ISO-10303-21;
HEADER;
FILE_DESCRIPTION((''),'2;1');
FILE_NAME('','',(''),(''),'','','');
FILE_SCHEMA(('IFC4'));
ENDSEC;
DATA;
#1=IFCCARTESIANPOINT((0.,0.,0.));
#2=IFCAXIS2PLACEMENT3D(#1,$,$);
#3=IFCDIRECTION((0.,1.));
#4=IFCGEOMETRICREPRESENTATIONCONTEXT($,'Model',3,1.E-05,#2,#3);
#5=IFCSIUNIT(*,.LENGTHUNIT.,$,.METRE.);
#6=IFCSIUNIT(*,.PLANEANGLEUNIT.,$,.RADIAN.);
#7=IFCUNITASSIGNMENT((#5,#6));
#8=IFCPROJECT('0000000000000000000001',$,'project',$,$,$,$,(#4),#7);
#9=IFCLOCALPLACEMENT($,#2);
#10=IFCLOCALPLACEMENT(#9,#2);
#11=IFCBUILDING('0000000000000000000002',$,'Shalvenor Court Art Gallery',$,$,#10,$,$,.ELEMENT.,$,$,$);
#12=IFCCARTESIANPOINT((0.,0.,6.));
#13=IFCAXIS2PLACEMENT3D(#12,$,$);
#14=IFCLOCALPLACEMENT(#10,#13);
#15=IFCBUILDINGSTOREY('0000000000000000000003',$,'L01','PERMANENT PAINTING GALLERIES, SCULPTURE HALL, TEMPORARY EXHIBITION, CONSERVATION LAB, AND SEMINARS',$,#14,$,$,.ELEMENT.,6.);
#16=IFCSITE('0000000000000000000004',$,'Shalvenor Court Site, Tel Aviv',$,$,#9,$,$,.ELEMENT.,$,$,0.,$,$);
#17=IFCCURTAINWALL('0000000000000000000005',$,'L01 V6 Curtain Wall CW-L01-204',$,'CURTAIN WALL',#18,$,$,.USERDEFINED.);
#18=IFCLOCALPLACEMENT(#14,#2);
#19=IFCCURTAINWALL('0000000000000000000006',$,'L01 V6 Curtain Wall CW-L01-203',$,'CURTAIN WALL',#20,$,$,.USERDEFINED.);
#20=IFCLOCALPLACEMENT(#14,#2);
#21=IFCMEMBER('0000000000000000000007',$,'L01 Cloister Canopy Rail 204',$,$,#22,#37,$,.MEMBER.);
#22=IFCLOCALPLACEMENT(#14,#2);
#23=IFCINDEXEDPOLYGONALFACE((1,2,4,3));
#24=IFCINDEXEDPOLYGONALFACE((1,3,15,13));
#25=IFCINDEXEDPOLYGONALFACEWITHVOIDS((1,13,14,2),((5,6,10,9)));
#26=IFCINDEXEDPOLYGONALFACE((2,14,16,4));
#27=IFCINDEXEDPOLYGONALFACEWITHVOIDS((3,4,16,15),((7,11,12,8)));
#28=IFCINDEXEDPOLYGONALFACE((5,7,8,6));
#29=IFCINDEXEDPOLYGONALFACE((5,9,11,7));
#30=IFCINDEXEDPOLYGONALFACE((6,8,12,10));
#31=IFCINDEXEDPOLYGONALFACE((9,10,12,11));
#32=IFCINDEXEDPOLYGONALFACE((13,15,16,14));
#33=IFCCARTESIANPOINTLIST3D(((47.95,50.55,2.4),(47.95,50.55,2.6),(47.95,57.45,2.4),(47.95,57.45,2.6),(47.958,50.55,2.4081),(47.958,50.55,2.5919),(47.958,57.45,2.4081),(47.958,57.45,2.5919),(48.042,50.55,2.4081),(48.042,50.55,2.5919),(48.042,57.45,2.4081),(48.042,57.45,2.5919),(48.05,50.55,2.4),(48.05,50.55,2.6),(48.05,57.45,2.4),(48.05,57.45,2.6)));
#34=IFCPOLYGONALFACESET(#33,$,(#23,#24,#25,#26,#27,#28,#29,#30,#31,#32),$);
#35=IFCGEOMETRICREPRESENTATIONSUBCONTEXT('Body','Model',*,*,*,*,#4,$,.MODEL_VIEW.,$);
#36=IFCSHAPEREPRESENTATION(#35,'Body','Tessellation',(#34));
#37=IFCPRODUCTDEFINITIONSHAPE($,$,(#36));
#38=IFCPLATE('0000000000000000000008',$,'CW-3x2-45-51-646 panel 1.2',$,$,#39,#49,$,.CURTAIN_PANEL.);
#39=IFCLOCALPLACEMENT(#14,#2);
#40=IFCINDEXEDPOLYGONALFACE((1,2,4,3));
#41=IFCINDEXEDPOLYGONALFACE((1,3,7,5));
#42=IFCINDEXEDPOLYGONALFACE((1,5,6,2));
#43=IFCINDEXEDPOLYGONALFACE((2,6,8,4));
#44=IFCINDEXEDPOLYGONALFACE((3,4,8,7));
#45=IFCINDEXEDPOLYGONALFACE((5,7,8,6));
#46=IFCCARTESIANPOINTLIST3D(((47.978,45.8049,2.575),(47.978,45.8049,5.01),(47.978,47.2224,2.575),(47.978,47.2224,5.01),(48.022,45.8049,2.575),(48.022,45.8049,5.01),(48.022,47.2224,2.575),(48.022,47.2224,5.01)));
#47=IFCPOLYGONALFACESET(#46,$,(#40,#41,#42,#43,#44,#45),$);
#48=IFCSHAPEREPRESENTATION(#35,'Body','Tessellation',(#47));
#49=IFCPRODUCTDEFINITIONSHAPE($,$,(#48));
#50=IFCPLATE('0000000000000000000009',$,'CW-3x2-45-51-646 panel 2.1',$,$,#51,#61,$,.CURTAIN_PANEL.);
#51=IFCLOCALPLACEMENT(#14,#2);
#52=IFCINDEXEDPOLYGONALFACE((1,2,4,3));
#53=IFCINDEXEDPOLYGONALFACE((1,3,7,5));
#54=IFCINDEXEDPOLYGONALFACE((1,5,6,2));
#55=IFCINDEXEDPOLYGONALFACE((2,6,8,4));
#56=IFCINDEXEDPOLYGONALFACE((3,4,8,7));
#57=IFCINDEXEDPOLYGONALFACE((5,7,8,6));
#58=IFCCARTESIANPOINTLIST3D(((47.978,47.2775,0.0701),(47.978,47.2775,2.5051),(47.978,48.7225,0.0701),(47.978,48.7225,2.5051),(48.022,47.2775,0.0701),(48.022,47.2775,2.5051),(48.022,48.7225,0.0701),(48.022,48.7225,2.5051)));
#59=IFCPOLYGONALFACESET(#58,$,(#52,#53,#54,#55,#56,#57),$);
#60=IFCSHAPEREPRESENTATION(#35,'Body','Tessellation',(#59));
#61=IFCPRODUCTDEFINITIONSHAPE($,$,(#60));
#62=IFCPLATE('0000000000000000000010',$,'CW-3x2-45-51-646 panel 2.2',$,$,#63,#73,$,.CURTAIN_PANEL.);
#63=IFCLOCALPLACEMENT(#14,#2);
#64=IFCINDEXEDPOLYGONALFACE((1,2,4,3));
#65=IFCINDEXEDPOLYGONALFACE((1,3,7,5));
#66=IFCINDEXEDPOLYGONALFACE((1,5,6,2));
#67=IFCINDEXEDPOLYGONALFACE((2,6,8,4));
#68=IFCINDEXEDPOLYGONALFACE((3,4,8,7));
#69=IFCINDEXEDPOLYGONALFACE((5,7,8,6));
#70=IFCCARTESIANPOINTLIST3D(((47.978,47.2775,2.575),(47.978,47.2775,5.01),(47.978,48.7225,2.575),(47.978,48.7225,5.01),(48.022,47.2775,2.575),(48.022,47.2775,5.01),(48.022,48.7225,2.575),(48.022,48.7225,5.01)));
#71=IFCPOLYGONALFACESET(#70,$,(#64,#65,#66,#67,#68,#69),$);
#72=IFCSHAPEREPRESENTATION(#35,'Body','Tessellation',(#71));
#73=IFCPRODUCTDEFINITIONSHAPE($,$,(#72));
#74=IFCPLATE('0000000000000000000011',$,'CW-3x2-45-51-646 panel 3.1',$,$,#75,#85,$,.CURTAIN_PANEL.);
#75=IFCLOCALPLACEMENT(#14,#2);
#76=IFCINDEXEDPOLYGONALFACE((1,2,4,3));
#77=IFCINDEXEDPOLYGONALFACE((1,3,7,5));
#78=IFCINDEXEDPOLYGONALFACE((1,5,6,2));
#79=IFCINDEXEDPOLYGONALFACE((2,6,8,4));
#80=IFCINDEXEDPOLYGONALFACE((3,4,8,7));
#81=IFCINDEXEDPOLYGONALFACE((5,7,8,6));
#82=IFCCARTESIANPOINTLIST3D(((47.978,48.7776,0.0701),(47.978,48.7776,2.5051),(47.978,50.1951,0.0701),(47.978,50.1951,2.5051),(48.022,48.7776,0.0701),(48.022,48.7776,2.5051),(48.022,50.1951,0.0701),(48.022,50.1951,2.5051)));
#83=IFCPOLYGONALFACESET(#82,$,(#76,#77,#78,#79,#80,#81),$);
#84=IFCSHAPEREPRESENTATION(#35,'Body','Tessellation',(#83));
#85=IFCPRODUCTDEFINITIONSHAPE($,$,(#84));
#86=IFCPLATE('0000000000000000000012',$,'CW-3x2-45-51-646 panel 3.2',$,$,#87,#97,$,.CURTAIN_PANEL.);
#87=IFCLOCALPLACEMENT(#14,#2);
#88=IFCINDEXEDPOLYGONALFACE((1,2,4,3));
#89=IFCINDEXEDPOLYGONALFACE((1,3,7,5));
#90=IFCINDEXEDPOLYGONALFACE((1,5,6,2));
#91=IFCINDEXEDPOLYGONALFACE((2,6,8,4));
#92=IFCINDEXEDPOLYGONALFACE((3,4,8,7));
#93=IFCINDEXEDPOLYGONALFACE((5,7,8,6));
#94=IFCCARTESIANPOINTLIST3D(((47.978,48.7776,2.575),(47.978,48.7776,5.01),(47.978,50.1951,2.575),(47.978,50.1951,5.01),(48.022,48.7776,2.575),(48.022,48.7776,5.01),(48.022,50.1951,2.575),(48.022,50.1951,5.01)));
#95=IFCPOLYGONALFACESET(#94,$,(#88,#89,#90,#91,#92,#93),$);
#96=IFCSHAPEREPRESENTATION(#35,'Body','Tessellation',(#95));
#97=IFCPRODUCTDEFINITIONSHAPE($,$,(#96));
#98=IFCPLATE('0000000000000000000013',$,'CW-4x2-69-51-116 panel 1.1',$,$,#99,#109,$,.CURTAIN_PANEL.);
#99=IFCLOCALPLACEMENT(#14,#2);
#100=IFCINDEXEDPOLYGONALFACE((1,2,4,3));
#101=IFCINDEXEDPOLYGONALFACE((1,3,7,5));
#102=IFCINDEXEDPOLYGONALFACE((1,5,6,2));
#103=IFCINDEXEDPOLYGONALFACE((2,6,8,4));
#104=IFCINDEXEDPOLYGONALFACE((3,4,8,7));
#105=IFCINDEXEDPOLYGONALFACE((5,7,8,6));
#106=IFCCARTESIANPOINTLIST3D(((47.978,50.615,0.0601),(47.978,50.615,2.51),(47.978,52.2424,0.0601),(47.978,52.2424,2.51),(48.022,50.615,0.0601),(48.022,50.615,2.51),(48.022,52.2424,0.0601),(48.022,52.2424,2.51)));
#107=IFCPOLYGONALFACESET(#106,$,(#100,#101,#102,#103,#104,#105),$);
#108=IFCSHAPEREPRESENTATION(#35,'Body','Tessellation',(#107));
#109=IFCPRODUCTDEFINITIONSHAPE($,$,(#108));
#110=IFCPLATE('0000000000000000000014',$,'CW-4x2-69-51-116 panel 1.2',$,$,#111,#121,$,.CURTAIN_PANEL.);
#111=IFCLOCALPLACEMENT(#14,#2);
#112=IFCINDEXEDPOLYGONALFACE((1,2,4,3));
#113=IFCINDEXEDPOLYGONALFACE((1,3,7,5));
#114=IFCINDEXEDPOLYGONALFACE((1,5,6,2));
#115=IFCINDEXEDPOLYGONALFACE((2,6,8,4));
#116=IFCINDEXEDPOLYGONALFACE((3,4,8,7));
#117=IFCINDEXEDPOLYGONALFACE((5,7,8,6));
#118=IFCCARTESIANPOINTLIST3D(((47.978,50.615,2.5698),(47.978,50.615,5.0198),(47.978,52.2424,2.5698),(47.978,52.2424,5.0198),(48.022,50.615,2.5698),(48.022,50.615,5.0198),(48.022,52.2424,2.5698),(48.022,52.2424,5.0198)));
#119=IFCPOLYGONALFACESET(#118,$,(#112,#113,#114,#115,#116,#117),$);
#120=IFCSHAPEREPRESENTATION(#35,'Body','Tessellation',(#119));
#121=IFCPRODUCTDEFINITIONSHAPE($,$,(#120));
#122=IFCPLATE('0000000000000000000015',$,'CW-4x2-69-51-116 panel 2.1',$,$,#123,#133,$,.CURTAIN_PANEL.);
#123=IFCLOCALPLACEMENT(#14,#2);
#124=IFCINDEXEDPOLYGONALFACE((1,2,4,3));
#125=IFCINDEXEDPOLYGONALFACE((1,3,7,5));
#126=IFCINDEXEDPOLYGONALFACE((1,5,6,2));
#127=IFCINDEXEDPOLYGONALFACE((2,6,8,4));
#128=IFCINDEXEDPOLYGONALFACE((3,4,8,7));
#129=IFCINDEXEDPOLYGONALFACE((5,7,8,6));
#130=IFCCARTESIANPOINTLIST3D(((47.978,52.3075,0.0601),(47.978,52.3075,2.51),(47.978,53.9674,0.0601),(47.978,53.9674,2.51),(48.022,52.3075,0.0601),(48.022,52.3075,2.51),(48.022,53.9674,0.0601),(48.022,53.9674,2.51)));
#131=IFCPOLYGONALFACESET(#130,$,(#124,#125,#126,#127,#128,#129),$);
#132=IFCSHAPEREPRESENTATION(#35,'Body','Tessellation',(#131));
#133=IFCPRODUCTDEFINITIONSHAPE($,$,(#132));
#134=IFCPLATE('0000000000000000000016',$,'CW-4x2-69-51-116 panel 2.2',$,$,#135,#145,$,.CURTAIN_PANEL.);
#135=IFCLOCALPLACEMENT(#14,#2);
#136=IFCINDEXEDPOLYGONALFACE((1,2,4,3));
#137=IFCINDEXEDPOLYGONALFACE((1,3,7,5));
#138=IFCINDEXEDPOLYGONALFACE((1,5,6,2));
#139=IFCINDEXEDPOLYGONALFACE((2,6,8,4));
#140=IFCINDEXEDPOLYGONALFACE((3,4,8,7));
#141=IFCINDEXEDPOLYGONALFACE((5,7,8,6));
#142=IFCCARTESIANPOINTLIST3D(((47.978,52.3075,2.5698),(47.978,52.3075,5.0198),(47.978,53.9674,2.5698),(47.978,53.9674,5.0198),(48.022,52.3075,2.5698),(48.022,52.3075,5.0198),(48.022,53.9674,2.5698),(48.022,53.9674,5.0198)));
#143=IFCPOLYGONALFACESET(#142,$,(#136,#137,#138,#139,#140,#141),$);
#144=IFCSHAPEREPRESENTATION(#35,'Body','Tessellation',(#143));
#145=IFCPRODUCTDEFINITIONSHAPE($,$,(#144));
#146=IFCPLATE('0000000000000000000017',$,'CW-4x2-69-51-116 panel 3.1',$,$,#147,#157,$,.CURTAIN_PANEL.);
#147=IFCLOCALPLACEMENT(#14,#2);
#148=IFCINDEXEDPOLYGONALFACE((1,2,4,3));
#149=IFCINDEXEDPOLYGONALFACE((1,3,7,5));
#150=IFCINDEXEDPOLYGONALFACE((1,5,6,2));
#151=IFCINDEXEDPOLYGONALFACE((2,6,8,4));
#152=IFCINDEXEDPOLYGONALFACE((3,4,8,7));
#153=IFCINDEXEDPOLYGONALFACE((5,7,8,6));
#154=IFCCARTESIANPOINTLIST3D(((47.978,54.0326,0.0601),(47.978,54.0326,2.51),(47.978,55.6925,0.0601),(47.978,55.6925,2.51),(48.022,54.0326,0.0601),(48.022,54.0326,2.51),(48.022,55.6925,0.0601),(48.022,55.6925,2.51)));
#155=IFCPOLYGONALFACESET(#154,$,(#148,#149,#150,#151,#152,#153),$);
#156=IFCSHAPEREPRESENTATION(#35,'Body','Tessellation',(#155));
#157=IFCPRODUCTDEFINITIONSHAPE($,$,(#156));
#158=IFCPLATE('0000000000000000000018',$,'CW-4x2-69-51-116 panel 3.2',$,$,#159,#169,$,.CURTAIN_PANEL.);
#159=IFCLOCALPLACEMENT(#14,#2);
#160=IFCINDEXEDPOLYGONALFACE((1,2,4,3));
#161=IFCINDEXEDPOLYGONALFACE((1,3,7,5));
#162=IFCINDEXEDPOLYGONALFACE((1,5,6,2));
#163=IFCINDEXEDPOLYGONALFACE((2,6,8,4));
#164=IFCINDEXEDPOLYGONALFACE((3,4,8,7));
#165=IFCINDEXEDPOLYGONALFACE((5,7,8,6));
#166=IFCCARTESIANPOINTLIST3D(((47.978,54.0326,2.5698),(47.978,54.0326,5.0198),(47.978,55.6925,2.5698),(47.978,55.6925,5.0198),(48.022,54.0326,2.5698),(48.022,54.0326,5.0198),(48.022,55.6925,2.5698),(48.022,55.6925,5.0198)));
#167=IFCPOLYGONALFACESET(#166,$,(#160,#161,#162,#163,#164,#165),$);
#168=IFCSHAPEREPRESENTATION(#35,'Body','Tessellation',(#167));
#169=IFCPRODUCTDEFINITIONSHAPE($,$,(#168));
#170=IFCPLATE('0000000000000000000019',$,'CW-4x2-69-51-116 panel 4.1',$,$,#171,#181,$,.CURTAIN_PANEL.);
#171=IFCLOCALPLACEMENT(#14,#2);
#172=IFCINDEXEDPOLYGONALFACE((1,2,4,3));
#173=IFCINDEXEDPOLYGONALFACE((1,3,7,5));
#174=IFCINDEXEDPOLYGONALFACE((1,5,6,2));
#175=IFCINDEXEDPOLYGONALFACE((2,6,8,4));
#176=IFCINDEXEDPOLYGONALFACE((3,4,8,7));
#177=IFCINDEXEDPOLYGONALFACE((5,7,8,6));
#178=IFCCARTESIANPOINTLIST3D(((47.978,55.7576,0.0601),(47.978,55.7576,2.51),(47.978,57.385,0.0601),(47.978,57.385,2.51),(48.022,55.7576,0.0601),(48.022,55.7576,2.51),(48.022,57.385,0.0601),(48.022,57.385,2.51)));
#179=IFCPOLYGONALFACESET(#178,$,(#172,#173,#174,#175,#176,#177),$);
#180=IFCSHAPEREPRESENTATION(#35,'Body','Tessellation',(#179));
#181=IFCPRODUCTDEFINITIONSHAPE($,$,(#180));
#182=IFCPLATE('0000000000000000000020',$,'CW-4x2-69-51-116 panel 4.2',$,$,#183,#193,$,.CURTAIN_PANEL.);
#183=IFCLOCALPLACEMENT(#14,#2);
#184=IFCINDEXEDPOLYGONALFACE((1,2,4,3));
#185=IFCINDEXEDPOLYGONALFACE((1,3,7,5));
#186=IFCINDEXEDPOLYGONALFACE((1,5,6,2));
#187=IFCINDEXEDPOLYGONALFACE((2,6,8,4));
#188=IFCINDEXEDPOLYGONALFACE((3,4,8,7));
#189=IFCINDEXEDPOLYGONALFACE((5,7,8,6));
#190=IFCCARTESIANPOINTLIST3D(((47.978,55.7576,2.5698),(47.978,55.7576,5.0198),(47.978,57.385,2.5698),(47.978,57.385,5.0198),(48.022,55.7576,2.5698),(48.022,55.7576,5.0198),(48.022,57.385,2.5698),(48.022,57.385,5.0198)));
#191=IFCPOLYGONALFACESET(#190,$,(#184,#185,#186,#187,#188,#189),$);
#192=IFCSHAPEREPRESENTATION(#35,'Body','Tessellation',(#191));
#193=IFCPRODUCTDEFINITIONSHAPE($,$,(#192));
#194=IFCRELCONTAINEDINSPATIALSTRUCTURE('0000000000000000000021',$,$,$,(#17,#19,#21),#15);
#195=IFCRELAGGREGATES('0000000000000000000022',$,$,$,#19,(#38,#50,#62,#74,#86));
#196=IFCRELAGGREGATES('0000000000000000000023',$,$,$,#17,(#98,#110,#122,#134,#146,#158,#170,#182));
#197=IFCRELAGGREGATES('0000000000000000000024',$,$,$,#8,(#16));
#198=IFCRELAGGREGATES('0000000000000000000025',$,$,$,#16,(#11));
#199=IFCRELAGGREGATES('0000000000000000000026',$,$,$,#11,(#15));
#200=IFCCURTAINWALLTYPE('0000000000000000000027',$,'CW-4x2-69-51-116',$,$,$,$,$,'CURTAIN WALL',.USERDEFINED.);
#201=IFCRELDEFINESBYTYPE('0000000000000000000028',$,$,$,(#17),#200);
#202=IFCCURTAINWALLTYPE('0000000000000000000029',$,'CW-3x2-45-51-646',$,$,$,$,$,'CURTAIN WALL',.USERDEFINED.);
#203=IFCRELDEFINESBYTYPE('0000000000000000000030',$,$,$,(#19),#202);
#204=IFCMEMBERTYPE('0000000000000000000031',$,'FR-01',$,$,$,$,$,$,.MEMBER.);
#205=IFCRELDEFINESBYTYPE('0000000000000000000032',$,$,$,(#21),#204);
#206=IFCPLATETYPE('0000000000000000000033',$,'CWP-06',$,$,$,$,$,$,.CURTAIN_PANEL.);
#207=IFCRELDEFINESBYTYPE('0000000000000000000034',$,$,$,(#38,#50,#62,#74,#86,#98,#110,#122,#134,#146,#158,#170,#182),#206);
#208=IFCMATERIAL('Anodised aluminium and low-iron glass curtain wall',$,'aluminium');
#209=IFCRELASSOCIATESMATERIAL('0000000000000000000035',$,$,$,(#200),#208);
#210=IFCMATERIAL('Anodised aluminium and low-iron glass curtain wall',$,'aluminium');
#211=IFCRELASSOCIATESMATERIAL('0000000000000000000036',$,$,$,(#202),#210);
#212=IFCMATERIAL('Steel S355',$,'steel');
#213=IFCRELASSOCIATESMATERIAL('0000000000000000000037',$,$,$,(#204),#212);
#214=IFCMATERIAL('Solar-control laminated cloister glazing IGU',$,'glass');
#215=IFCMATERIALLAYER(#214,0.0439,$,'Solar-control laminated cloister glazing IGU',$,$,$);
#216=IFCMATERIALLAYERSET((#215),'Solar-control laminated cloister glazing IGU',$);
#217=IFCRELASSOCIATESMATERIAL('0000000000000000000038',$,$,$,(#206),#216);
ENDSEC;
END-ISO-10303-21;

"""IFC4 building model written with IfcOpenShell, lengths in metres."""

from ifc_helpers import new_model, si_unit, direction, frame, origin, origin_2d, place, context, subcontext, project, spatial, rectangle, hollow_rectangle, extrude, material, layer, layer_set, material_profile, profile_set, type_object, element, aggregate, save


model = new_model("IFC4")

# Units and contexts
model_context = context("Model", 3, precision=1e-05, world=origin(), true_north=direction((0.0, 1.0)))
body_context = subcontext(model_context, "Body", "Model", "MODEL_VIEW")
ifc_project = project(units=[si_unit("LENGTHUNIT", "METRE"), si_unit("PLANEANGLEUNIT", "RADIAN")], contexts=[model_context])

# Site, building, storey
site_placement = place(None, origin())
site = spatial("IfcSite", under=ifc_project, at=site_placement, Name="Shalvenor Court Site, Tel Aviv", CompositionType="ELEMENT", RefElevation=0.0)
building_placement = place(site_placement, origin())
building = spatial("IfcBuilding", under=site, at=building_placement, Name="Shalvenor Court Art Gallery", CompositionType="ELEMENT")
storey_placement = place(building_placement, frame((0.0, 0.0, 6.0)))
storey = spatial("IfcBuildingStorey", under=building, at=storey_placement, Name="L01", Description="PERMANENT PAINTING GALLERIES, SCULPTURE HALL, TEMPORARY EXHIBITION, CONSERVATION LAB, AND SEMINARS", CompositionType="ELEMENT", Elevation=6.0)

# Curtain walls
ifc_material_1 = material(Name="Anodised aluminium and low-iron glass curtain wall", Category="aluminium")
curtain_wall_type_1 = type_object("IfcCurtainWallType", Name="CW-4x2-69-51-116", ElementType="CURTAIN WALL", PredefinedType="USERDEFINED", material=ifc_material_1)
curtain_wall_1_placement = place(storey_placement, origin())
curtain_wall_1 = element("IfcCurtainWall", 1, at=curtain_wall_1_placement, inside=storey, type_object=curtain_wall_type_1, Name="L01 V6 Curtain Wall CW-L01-204", ObjectType="CURTAIN WALL", PredefinedType="USERDEFINED")
ifc_material_2 = material(Name="Anodised aluminium and low-iron glass curtain wall", Category="aluminium")
curtain_wall_type_2 = type_object("IfcCurtainWallType", Name="CW-3x2-45-51-646", ElementType="CURTAIN WALL", PredefinedType="USERDEFINED", material=ifc_material_2)
curtain_wall_2_placement = place(storey_placement, origin())
curtain_wall_2 = element("IfcCurtainWall", 2, at=curtain_wall_2_placement, inside=storey, type_object=curtain_wall_type_2, Name="L01 V6 Curtain Wall CW-L01-203", ObjectType="CURTAIN WALL", PredefinedType="USERDEFINED")

# Member
ifc_material_3 = material(Name="Steel S355", Category="steel")
ifc_material_profile_1 = material_profile(ifc_material_3, hollow_rectangle(XDim=0.1001, YDim=0.2, WallThickness=0.0081, at=origin_2d()), Name="RHS 200x100x8.0")
ifc_profile_set_1 = profile_set([ifc_material_profile_1], Name="Steel S355")
member_type_1 = type_object("IfcMemberType", Name="FR-01", PredefinedType="MEMBER", material=ifc_profile_set_1)
member_1_placement = place(storey_placement, frame((48.0, 50.55, 2.5), z_axis=(0.0, 1.0, 0.0), x_axis=(-1.0, 0.0, 0.0)))
element("IfcMember", 3, at=member_1_placement, inside=storey, type_object=member_type_1, Name="L01 Cloister Canopy Rail 204", PredefinedType="MEMBER", context=body_context, shape_type="SweptSolid", body=[
    extrude(hollow_rectangle(XDim=0.1001, YDim=0.2, WallThickness=0.0081, at=origin_2d()), origin(), (0.0, 0.0, 1.0), 6.8999),
])

# Plates
ifc_material_4 = material(Name="Solar-control laminated cloister glazing IGU", Category="glass")
ifc_layer_1 = layer(ifc_material_4, 0.0439, Name="Solar-control laminated cloister glazing IGU")
ifc_layer_set_1 = layer_set([ifc_layer_1], Name="Solar-control laminated cloister glazing IGU")
plate_type_1 = type_object("IfcPlateType", Name="CWP-06", PredefinedType="CURTAIN_PANEL", material=ifc_layer_set_1)
plate_1_placement = place(storey_placement, frame((48.0, 46.5137, 2.575), z_axis=(0.0, 0.0, 1.0), x_axis=(0.0, 1.0, 0.0)))
plate_1 = element("IfcPlate", 4, at=plate_1_placement, type_object=plate_type_1, Name="CW-3x2-45-51-646 panel 1.2", PredefinedType="CURTAIN_PANEL", context=body_context, shape_type="SweptSolid", body=[
    extrude(rectangle(XDim=1.4175, YDim=0.0439, at=origin_2d()), origin(), (0.0, 0.0, 1.0), 2.4351),
])
plate_2_placement = place(storey_placement, frame((48.0, 48.0, 0.0701), z_axis=(0.0, 0.0, 1.0), x_axis=(0.0, 1.0, 0.0)))
plate_2 = element("IfcPlate", 5, at=plate_2_placement, type_object=plate_type_1, Name="CW-3x2-45-51-646 panel 2.1", PredefinedType="CURTAIN_PANEL", context=body_context, shape_type="SweptSolid", body=[
    extrude(rectangle(XDim=1.4451, YDim=0.0439, at=origin_2d()), origin(), (0.0, 0.0, 1.0), 2.4351),
])
plate_3_placement = place(storey_placement, frame((48.0, 48.0, 2.575), z_axis=(0.0, 0.0, 1.0), x_axis=(0.0, 1.0, 0.0)))
plate_3 = element("IfcPlate", 6, at=plate_3_placement, type_object=plate_type_1, Name="CW-3x2-45-51-646 panel 2.2", PredefinedType="CURTAIN_PANEL", context=body_context, shape_type="SweptSolid", body=[
    extrude(rectangle(XDim=1.4451, YDim=0.0439, at=origin_2d()), origin(), (0.0, 0.0, 1.0), 2.4351),
])
plate_4_placement = place(storey_placement, frame((48.0, 49.4863, 0.0701), z_axis=(0.0, 0.0, 1.0), x_axis=(0.0, 1.0, 0.0)))
plate_4 = element("IfcPlate", 7, at=plate_4_placement, type_object=plate_type_1, Name="CW-3x2-45-51-646 panel 3.1", PredefinedType="CURTAIN_PANEL", context=body_context, shape_type="SweptSolid", body=[
    extrude(rectangle(XDim=1.4175, YDim=0.0439, at=origin_2d()), origin(), (0.0, 0.0, 1.0), 2.4351),
])
plate_5_placement = place(storey_placement, frame((48.0, 49.4863, 2.575), z_axis=(0.0, 0.0, 1.0), x_axis=(0.0, 1.0, 0.0)))
plate_5 = element("IfcPlate", 8, at=plate_5_placement, type_object=plate_type_1, Name="CW-3x2-45-51-646 panel 3.2", PredefinedType="CURTAIN_PANEL", context=body_context, shape_type="SweptSolid", body=[
    extrude(rectangle(XDim=1.4175, YDim=0.0439, at=origin_2d()), origin(), (0.0, 0.0, 1.0), 2.4351),
])
aggregate(curtain_wall_2, [plate_1, plate_2, plate_3, plate_4, plate_5])
plate_6_placement = place(storey_placement, frame((48.0, 51.4287, 0.0601), z_axis=(0.0, 0.0, 1.0), x_axis=(0.0, 1.0, 0.0)))
plate_6 = element("IfcPlate", 9, at=plate_6_placement, type_object=plate_type_1, Name="CW-4x2-69-51-116 panel 1.1", PredefinedType="CURTAIN_PANEL", context=body_context, shape_type="SweptSolid", body=[
    extrude(rectangle(XDim=1.6274, YDim=0.0439, at=origin_2d()), origin(), (0.0, 0.0, 1.0), 2.45),
])
plate_7_placement = place(storey_placement, frame((48.0, 51.4287, 2.5698), z_axis=(0.0, 0.0, 1.0), x_axis=(0.0, 1.0, 0.0)))
plate_7 = element("IfcPlate", 10, at=plate_7_placement, type_object=plate_type_1, Name="CW-4x2-69-51-116 panel 1.2", PredefinedType="CURTAIN_PANEL", context=body_context, shape_type="SweptSolid", body=[
    extrude(rectangle(XDim=1.6274, YDim=0.0439, at=origin_2d()), origin(), (0.0, 0.0, 1.0), 2.45),
])
plate_8_placement = place(storey_placement, frame((48.0, 53.1375, 0.0601), z_axis=(0.0, 0.0, 1.0), x_axis=(0.0, 1.0, 0.0)))
plate_8 = element("IfcPlate", 11, at=plate_8_placement, type_object=plate_type_1, Name="CW-4x2-69-51-116 panel 2.1", PredefinedType="CURTAIN_PANEL", context=body_context, shape_type="SweptSolid", body=[
    extrude(rectangle(XDim=1.6599, YDim=0.0439, at=origin_2d()), origin(), (0.0, 0.0, 1.0), 2.45),
])
plate_9_placement = place(storey_placement, frame((48.0, 53.1375, 2.5698), z_axis=(0.0, 0.0, 1.0), x_axis=(0.0, 1.0, 0.0)))
plate_9 = element("IfcPlate", 12, at=plate_9_placement, type_object=plate_type_1, Name="CW-4x2-69-51-116 panel 2.2", PredefinedType="CURTAIN_PANEL", context=body_context, shape_type="SweptSolid", body=[
    extrude(rectangle(XDim=1.6599, YDim=0.0439, at=origin_2d()), origin(), (0.0, 0.0, 1.0), 2.45),
])
plate_10_placement = place(storey_placement, frame((48.0, 54.8625, 0.0601), z_axis=(0.0, 0.0, 1.0), x_axis=(0.0, 1.0, 0.0)))
plate_10 = element("IfcPlate", 13, at=plate_10_placement, type_object=plate_type_1, Name="CW-4x2-69-51-116 panel 3.1", PredefinedType="CURTAIN_PANEL", context=body_context, shape_type="SweptSolid", body=[
    extrude(rectangle(XDim=1.6599, YDim=0.0439, at=origin_2d()), origin(), (0.0, 0.0, 1.0), 2.45),
])
plate_11_placement = place(storey_placement, frame((48.0, 54.8625, 2.5698), z_axis=(0.0, 0.0, 1.0), x_axis=(0.0, 1.0, 0.0)))
plate_11 = element("IfcPlate", 14, at=plate_11_placement, type_object=plate_type_1, Name="CW-4x2-69-51-116 panel 3.2", PredefinedType="CURTAIN_PANEL", context=body_context, shape_type="SweptSolid", body=[
    extrude(rectangle(XDim=1.6599, YDim=0.0439, at=origin_2d()), origin(), (0.0, 0.0, 1.0), 2.45),
])
plate_12_placement = place(storey_placement, frame((48.0, 56.5713, 0.0601), z_axis=(0.0, 0.0, 1.0), x_axis=(0.0, 1.0, 0.0)))
plate_12 = element("IfcPlate", 15, at=plate_12_placement, type_object=plate_type_1, Name="CW-4x2-69-51-116 panel 4.1", PredefinedType="CURTAIN_PANEL", context=body_context, shape_type="SweptSolid", body=[
    extrude(rectangle(XDim=1.6274, YDim=0.0439, at=origin_2d()), origin(), (0.0, 0.0, 1.0), 2.45),
])
plate_13_placement = place(storey_placement, frame((48.0, 56.5713, 2.5698), z_axis=(0.0, 0.0, 1.0), x_axis=(0.0, 1.0, 0.0)))
plate_13 = element("IfcPlate", 16, at=plate_13_placement, type_object=plate_type_1, Name="CW-4x2-69-51-116 panel 4.2", PredefinedType="CURTAIN_PANEL", context=body_context, shape_type="SweptSolid", body=[
    extrude(rectangle(XDim=1.6274, YDim=0.0439, at=origin_2d()), origin(), (0.0, 0.0, 1.0), 2.45),
])
aggregate(curtain_wall_1, [plate_6, plate_7, plate_8, plate_9, plate_10, plate_11, plate_12, plate_13])

save(model, "model.ifc")
